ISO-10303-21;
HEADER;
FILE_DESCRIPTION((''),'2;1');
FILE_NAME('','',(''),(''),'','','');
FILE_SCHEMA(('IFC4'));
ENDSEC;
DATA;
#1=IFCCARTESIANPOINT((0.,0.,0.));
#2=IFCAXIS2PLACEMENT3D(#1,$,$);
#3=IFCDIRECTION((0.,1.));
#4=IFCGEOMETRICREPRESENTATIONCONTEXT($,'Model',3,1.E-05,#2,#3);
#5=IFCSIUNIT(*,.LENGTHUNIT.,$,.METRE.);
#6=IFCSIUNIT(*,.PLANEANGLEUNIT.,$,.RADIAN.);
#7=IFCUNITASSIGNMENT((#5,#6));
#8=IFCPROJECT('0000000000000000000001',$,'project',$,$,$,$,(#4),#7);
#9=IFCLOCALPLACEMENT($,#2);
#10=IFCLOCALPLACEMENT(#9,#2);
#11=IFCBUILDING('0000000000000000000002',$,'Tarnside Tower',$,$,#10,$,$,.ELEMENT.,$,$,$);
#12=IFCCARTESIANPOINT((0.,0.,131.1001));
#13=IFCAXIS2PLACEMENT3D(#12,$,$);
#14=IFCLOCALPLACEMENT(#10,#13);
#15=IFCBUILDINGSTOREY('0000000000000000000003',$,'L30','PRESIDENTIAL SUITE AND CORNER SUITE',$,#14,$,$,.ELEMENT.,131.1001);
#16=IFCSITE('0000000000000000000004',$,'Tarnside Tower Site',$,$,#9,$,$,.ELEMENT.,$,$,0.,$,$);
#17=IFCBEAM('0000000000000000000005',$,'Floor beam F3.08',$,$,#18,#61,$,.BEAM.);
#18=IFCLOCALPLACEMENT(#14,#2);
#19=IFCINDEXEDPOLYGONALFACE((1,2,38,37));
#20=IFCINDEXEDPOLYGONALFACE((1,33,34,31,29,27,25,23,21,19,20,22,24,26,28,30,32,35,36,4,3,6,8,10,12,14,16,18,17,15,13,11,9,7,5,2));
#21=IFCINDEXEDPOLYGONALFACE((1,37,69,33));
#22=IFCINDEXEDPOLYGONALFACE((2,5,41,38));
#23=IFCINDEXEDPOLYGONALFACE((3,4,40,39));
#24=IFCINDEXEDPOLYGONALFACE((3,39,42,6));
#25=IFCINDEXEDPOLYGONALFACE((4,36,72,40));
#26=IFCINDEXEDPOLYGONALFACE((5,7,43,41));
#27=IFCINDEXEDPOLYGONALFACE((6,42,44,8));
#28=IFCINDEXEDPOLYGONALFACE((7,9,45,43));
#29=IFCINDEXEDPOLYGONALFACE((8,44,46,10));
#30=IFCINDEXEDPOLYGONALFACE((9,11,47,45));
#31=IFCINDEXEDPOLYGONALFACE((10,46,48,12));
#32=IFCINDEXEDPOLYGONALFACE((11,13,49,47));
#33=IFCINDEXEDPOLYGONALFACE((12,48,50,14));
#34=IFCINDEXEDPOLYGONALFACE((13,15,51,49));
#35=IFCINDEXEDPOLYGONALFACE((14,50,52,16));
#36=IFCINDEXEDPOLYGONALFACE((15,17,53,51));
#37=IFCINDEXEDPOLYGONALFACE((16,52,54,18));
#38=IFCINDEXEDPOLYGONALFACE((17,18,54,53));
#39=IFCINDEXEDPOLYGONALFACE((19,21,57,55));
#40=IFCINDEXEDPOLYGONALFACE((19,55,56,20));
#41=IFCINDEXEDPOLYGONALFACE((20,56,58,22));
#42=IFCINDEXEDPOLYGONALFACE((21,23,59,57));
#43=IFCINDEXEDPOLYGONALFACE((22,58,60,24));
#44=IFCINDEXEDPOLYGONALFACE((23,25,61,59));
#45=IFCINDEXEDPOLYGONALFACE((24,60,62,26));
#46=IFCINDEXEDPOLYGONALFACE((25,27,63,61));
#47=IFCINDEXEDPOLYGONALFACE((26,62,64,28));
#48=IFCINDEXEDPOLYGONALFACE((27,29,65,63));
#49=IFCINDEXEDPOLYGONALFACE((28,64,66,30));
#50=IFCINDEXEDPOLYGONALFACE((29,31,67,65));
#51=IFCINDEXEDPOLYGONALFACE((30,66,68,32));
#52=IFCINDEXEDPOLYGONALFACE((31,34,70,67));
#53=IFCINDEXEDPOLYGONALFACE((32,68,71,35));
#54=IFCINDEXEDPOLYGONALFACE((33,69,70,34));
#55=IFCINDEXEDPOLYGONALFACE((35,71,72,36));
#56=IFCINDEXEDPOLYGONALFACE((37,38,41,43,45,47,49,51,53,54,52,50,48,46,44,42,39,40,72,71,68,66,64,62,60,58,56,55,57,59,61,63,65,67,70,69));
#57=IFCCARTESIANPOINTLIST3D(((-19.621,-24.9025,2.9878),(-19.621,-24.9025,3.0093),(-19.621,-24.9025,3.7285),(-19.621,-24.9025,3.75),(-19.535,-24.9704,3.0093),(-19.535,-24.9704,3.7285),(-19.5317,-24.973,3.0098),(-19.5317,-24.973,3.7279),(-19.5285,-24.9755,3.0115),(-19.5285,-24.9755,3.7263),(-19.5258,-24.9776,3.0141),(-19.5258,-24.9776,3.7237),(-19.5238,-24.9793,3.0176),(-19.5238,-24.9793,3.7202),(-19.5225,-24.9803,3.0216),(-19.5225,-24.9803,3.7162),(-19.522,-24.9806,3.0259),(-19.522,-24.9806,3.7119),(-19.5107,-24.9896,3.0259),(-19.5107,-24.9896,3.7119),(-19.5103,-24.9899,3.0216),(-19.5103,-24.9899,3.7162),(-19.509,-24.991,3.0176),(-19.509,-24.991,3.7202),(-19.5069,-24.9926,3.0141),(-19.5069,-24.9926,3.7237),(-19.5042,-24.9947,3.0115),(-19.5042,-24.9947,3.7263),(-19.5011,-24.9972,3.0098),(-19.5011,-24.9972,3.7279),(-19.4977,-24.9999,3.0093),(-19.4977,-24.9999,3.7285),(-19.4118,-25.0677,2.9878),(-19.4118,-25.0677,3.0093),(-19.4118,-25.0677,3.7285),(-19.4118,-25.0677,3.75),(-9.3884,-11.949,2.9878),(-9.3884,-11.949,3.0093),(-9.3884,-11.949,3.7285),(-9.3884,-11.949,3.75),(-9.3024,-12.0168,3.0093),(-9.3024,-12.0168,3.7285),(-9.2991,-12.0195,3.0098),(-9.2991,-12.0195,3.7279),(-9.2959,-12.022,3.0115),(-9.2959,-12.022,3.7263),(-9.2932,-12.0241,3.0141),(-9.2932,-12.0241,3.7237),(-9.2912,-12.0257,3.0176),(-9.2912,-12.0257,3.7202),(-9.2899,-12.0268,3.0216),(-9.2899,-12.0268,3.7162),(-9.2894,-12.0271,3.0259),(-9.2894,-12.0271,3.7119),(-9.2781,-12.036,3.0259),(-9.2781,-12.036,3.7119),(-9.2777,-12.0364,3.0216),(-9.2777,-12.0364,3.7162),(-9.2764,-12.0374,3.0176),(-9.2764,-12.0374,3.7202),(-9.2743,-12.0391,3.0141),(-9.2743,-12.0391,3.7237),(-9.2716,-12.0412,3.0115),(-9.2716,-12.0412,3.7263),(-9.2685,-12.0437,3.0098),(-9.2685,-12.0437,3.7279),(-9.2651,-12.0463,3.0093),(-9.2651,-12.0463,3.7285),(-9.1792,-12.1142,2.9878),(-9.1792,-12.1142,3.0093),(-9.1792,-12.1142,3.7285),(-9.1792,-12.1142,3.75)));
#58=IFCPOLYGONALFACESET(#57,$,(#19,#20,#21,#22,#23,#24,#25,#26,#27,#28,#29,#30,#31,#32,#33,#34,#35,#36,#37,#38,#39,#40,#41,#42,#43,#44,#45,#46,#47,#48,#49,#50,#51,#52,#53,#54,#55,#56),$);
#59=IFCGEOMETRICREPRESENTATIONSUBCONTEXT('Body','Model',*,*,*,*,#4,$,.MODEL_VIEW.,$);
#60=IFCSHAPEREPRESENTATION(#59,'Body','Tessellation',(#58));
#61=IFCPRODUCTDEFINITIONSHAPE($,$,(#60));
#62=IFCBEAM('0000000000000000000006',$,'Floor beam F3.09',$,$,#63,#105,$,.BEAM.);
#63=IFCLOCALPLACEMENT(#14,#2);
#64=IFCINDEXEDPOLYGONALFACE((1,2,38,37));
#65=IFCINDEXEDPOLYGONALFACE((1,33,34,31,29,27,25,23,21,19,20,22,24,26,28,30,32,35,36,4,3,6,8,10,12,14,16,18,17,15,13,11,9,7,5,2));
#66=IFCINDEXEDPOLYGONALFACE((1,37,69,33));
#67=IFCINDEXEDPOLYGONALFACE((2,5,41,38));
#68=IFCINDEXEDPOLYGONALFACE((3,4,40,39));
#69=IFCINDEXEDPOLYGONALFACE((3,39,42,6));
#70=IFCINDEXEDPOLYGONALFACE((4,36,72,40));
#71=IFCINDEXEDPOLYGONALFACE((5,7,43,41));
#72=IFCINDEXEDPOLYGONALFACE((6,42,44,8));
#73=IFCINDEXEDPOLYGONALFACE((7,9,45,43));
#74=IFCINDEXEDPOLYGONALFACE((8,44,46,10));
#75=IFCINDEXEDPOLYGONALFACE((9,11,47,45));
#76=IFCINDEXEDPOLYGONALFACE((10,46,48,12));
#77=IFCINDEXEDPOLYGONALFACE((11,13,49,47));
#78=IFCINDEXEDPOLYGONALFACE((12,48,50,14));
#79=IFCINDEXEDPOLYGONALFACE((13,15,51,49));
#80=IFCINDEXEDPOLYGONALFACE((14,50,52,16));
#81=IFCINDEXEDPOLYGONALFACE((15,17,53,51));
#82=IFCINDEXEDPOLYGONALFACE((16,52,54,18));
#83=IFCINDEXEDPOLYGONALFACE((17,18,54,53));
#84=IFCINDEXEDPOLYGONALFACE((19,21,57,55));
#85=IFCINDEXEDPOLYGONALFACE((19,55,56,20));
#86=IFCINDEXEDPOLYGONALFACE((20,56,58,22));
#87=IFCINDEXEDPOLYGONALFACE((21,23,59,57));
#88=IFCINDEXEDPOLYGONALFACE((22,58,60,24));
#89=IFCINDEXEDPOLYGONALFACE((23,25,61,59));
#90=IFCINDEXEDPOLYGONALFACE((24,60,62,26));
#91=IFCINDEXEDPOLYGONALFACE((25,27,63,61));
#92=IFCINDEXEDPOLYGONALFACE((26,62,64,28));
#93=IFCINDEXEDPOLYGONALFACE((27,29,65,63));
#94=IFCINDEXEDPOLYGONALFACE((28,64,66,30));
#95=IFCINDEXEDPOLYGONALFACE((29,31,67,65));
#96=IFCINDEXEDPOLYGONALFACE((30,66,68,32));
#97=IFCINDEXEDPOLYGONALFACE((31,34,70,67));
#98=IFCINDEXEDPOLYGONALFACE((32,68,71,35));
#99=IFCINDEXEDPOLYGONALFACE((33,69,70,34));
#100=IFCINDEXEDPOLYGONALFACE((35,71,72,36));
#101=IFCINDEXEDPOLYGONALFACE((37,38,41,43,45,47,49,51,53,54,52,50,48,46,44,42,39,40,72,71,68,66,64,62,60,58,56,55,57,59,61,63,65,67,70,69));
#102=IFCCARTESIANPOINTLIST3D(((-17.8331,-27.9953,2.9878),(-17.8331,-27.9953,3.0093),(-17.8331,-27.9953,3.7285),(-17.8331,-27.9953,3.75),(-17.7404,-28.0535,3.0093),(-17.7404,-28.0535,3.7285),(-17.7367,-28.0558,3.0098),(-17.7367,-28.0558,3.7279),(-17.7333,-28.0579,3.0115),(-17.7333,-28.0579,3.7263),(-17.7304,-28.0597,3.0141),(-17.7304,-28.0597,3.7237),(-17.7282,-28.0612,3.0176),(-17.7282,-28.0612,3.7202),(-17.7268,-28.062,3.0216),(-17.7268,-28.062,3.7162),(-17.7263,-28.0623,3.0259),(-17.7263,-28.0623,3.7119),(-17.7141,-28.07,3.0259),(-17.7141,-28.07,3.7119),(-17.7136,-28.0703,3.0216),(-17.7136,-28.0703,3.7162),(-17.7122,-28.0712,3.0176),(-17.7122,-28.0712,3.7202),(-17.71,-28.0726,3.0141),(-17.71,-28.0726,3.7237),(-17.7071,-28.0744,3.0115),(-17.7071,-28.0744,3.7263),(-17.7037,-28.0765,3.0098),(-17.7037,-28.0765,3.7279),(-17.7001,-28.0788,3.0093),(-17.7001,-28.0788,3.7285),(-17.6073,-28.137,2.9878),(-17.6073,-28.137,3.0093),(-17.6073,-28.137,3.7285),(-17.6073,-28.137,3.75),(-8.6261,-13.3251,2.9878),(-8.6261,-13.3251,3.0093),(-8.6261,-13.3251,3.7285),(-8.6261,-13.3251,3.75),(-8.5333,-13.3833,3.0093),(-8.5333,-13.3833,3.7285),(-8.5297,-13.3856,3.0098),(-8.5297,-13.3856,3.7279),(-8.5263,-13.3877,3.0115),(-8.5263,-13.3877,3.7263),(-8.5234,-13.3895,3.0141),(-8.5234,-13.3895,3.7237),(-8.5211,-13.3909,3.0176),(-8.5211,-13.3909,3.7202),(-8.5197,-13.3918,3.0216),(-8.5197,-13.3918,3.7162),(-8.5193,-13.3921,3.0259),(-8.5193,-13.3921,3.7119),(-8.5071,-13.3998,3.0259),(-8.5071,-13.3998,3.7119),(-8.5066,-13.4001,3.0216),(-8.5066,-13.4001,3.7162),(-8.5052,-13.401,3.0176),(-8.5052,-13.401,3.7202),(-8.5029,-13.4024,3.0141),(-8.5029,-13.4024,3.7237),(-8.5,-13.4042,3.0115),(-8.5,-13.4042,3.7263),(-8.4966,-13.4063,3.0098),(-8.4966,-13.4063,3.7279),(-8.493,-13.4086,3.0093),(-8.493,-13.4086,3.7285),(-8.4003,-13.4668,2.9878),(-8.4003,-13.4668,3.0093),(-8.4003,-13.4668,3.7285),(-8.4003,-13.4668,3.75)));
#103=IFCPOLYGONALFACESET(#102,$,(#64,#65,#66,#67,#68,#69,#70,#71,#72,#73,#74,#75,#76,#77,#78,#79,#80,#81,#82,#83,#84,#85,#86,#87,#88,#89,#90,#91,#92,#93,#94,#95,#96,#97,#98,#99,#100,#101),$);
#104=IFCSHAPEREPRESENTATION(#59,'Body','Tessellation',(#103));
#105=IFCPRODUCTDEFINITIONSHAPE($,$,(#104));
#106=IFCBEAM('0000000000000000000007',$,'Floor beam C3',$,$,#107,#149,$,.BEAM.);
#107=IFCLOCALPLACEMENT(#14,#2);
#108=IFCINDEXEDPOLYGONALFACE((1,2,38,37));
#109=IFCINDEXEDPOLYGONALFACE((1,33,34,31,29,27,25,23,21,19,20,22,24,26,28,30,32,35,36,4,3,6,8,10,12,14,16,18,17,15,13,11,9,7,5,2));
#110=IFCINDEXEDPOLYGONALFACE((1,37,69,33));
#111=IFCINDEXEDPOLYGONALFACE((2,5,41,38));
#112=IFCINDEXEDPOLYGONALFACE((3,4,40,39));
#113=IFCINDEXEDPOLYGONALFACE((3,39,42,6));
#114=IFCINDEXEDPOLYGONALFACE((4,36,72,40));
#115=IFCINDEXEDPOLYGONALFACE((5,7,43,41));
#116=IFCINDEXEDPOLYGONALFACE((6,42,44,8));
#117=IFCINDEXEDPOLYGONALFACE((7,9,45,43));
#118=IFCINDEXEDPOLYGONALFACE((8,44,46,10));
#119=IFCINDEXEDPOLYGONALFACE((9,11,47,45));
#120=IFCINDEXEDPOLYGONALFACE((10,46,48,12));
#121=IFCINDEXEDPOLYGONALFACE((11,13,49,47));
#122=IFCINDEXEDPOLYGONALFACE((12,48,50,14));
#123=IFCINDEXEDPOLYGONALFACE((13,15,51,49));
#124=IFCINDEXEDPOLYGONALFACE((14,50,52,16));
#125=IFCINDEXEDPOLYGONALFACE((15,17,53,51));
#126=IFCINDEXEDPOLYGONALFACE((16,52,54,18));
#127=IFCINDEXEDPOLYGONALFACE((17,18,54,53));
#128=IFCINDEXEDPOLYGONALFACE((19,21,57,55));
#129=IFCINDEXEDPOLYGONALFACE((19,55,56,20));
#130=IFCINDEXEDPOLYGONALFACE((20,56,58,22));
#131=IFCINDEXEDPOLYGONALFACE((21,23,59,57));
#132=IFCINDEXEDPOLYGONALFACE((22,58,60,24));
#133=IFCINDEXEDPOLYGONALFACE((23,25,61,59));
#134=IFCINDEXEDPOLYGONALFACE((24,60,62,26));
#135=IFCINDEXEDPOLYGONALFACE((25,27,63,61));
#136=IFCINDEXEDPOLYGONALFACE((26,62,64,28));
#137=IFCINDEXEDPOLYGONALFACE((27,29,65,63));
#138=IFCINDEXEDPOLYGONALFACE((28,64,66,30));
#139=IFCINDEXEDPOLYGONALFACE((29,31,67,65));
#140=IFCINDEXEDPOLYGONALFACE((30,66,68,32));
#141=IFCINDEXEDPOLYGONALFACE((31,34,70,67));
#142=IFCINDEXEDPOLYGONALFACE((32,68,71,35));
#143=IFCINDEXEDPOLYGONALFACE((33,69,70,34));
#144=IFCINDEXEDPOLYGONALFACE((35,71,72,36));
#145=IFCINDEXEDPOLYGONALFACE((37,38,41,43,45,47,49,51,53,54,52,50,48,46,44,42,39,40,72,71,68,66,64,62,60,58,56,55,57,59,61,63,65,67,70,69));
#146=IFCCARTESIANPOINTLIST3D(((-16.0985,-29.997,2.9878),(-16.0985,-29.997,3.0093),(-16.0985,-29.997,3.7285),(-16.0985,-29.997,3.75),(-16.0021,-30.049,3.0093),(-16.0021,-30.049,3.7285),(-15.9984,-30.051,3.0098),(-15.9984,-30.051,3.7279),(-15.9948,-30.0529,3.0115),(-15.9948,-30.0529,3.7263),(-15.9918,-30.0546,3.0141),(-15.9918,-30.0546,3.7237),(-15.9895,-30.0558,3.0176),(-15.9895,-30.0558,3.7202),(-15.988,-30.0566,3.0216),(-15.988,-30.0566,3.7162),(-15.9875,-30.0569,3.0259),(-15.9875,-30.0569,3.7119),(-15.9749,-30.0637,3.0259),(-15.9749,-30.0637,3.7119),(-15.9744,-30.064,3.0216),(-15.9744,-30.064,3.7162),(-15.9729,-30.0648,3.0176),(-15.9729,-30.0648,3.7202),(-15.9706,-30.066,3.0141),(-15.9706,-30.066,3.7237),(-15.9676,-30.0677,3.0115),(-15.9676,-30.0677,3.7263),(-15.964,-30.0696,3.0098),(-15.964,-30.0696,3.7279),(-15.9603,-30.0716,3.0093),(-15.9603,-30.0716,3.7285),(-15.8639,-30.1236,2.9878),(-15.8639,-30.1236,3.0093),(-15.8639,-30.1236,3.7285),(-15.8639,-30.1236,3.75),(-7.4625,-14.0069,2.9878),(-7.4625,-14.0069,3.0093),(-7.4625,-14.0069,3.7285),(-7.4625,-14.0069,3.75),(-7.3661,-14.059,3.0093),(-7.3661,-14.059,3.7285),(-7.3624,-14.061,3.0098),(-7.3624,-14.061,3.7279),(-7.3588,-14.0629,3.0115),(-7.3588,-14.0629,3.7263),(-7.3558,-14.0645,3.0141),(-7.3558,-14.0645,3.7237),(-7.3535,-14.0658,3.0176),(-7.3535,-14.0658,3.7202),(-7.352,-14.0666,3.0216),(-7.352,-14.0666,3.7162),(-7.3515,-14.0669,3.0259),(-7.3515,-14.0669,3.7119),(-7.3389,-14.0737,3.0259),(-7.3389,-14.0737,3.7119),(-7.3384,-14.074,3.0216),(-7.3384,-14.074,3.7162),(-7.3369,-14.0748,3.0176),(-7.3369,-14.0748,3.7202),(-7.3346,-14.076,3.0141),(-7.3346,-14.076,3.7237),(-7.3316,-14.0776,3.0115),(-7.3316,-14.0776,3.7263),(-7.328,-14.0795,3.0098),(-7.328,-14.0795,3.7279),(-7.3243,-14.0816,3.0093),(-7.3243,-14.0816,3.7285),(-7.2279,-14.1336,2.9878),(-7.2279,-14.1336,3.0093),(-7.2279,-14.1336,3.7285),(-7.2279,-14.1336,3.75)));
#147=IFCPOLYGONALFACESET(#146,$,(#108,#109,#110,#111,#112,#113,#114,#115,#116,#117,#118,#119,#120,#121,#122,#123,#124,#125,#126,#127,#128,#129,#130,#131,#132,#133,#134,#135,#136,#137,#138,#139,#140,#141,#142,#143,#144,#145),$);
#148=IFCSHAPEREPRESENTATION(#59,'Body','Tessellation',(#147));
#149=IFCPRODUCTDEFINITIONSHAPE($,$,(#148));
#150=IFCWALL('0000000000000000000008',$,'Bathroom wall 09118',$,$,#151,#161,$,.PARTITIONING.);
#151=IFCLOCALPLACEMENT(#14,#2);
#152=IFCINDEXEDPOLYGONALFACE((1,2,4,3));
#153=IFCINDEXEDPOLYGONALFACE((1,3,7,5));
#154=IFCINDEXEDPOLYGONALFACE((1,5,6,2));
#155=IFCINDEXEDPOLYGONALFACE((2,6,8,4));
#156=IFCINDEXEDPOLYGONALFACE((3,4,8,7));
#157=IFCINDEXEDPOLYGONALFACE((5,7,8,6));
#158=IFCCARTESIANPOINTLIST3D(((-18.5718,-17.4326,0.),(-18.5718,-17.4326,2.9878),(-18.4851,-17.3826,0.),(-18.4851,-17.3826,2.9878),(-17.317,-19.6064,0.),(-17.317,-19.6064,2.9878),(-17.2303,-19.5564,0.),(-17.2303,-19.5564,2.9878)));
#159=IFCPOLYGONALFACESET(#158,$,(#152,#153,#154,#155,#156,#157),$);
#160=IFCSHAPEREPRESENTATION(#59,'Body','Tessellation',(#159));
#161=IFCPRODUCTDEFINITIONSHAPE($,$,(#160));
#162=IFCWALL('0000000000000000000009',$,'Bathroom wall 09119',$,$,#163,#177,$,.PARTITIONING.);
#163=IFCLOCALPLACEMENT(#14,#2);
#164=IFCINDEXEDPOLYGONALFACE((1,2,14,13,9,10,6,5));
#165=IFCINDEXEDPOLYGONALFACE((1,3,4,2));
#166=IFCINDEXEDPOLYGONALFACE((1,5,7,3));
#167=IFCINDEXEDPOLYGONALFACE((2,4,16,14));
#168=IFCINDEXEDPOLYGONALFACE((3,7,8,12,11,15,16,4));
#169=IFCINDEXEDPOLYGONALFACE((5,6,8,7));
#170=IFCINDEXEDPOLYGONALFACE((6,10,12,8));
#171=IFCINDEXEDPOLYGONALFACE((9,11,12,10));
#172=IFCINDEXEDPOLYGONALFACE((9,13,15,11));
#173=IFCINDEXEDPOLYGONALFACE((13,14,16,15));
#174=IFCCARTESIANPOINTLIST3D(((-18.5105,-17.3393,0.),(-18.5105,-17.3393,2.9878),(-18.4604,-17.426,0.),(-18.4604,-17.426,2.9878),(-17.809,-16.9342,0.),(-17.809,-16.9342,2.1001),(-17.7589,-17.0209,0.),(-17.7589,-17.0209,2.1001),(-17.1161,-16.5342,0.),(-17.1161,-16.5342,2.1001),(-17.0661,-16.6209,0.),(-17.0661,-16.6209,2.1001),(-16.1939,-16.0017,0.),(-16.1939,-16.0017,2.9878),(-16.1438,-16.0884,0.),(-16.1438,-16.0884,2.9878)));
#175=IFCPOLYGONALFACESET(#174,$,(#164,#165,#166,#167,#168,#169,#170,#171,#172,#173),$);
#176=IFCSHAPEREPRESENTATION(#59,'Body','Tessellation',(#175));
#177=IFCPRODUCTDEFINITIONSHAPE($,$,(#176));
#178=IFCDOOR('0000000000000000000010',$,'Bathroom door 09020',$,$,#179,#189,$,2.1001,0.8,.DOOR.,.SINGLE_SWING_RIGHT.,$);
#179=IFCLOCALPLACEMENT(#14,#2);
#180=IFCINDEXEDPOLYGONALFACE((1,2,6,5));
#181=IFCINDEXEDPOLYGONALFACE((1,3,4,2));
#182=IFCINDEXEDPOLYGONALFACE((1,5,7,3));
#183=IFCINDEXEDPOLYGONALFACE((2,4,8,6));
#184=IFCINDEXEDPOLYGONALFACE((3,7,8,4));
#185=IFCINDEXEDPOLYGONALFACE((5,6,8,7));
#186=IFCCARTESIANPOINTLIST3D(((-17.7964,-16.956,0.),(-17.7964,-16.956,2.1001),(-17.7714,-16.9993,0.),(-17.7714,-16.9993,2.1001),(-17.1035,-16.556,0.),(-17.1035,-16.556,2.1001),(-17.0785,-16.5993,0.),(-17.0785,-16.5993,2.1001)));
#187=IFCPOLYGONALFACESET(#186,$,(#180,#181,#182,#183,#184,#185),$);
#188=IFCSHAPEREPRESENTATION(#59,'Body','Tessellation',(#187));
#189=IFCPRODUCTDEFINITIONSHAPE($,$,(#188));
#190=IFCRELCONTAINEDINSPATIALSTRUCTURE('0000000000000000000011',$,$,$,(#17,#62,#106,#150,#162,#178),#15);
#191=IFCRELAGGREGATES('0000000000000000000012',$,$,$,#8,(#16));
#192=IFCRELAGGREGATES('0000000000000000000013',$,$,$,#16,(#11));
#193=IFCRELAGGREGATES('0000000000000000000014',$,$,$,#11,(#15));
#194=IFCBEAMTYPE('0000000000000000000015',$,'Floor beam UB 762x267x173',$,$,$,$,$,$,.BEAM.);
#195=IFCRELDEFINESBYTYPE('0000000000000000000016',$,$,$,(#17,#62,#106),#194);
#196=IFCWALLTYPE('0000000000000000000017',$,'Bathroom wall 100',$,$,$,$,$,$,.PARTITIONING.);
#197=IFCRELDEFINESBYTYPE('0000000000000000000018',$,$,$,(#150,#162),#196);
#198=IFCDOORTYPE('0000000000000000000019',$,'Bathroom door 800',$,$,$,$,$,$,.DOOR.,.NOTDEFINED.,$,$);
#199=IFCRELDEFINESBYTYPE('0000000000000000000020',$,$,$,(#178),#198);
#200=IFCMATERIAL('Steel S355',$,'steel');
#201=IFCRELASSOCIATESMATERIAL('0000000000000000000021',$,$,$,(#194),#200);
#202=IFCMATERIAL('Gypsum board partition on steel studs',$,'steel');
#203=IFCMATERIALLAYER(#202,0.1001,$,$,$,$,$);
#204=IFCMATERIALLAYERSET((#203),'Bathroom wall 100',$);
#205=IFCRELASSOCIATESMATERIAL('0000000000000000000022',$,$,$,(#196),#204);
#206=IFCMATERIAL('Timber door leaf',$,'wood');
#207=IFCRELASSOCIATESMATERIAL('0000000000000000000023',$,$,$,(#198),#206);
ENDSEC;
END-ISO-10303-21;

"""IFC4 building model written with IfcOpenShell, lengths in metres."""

from ifc_helpers import new_model, si_unit, direction, frame, frame_2d, origin, origin_2d, place, context, subcontext, project, spatial, rectangle, i_section, extrude, material, layer, layer_set, material_profile, profile_set, type_object, element, fill, save


model = new_model("IFC4")

# Units and contexts
model_context = context("Model", 3, precision=1e-05, world=origin(), true_north=direction((0.0, 1.0)))
body_context = subcontext(model_context, "Body", "Model", "MODEL_VIEW")
ifc_project = project(units=[si_unit("LENGTHUNIT", "METRE"), si_unit("PLANEANGLEUNIT", "RADIAN")], contexts=[model_context])

# Site, building, storey
site_placement = place(None, origin())
site = spatial("IfcSite", under=ifc_project, at=site_placement, Name="Tarnside Tower Site", CompositionType="ELEMENT", RefElevation=0.0)
building_placement = place(site_placement, origin())
building = spatial("IfcBuilding", under=site, at=building_placement, Name="Tarnside Tower", CompositionType="ELEMENT")
storey_placement = place(building_placement, frame((0.0, 0.0, 131.1001)))
storey = spatial("IfcBuildingStorey", under=building, at=storey_placement, Name="L30", Description="PRESIDENTIAL SUITE AND CORNER SUITE", CompositionType="ELEMENT", Elevation=131.1001)

# Beams
ifc_material_1 = material(Name="Steel S355", Category="steel")
ifc_material_profile_1 = material_profile(ifc_material_1, i_section(OverallWidth=0.2666, OverallDepth=0.7622, WebThickness=0.0144, FlangeThickness=0.0215, FilletRadius=0.0166, at=origin_2d()), Name="UB 762x267x173")
ifc_profile_set_1 = profile_set([ifc_material_profile_1], Name="Steel S355")
beam_type_1 = type_object("IfcBeamType", Name="Floor beam UB 762x267x173", PredefinedType="BEAM", material=ifc_profile_set_1)
beam_1_placement = place(storey_placement, frame((-19.5164, -24.9851, 3.3689), z_axis=(0.619873, 0.784702, 0.0), x_axis=(-0.784702, 0.619873, 0.0)))
element("IfcBeam", 1, at=beam_1_placement, inside=storey, type_object=beam_type_1, Name="Floor beam F3.08", PredefinedType="BEAM", context=body_context, shape_type="SweptSolid", body=[
    extrude(i_section(OverallWidth=0.2666, OverallDepth=0.7622, WebThickness=0.0144, FlangeThickness=0.0215, FilletRadius=0.0166, at=origin_2d()), origin(), (0.0, 0.0, 1.0), 16.5076),
])
beam_2_placement = place(storey_placement, frame((-17.7202, -28.0662, 3.3689), z_axis=(0.531583, 0.847006, 0.0), x_axis=(-0.847006, 0.531583, 0.0)))
element("IfcBeam", 2, at=beam_2_placement, inside=storey, type_object=beam_type_1, Name="Floor beam F3.09", PredefinedType="BEAM", context=body_context, shape_type="SweptSolid", body=[
    extrude(i_section(OverallWidth=0.2666, OverallDepth=0.7622, WebThickness=0.0144, FlangeThickness=0.0215, FilletRadius=0.0166, at=origin_2d()), origin(), (0.0, 0.0, 1.0), 17.3201),
])
beam_3_placement = place(storey_placement, frame((-15.9812, -30.0603, 3.3689), z_axis=(0.475208, 0.879873, 0.0), x_axis=(-0.879873, 0.475208, 0.0)))
element("IfcBeam", 3, at=beam_3_placement, inside=storey, type_object=beam_type_1, Name="Floor beam C3", PredefinedType="BEAM", context=body_context, shape_type="SweptSolid", body=[
    extrude(i_section(OverallWidth=0.2666, OverallDepth=0.7622, WebThickness=0.0144, FlangeThickness=0.0215, FilletRadius=0.0166, at=origin_2d()), origin(), (0.0, 0.0, 1.0), 18.1731),
])

# Wall
ifc_material_2 = material(Name="Gypsum board partition on steel studs", Category="steel")
ifc_layer_1 = layer(ifc_material_2, 0.1001)
ifc_layer_set_1 = layer_set([ifc_layer_1], Name="Bathroom wall 100")
wall_type_1 = type_object("IfcWallType", Name="Bathroom wall 100", PredefinedType="PARTITIONING", material=ifc_layer_set_1)
wall_1_placement = place(storey_placement, frame((-17.2737, -19.5813, 0.0), z_axis=(0.0, 0.0, 1.0), x_axis=(-0.499947, 0.866056, 0.0)))
element("IfcWall", 4, at=wall_1_placement, inside=storey, type_object=wall_type_1, Name="Bathroom wall 09118", PredefinedType="PARTITIONING", context=body_context, shape_type="SweptSolid", body=[
    extrude(rectangle(XDim=2.51, YDim=0.1001, at=frame_2d((1.2549, 0.0))), origin(), (0.0, 0.0, 1.0), 2.9878),
])

# Wall, opening, door
wall_2_placement = place(storey_placement, frame((-18.4854, -17.3826, 0.0), z_axis=(0.0, 0.0, 1.0), x_axis=(0.866005, 0.500036, 0.0)))
wall_2 = element("IfcWall", 5, at=wall_2_placement, inside=storey, type_object=wall_type_1, Name="Bathroom wall 09119", PredefinedType="PARTITIONING", context=body_context, shape_type="SweptSolid", body=[
    extrude(rectangle(XDim=2.675, YDim=0.1001, at=frame_2d((1.3374, 0.0))), origin(), (0.0, 0.0, 1.0), 2.9878),
])
opening_1_placement = place(wall_2_placement, frame((0.8101, 0.0, 0.0)))
opening_1 = element("IfcOpeningElement", 6, at=opening_1_placement, cuts=wall_2, PredefinedType="OPENING", context=body_context, shape_type="SweptSolid", body=[
    extrude(rectangle(XDim=0.8, YDim=2.1001, at=frame_2d((0.3999, 1.05))), frame((0.0, 0.0601, 0.0), z_axis=(0.0, -1.0, 0.0), x_axis=(1.0, 0.0, 0.0)), (0.0, 0.0, 1.0), 0.1201),
])
ifc_material_3 = material(Name="Timber door leaf", Category="wood")
door_type = type_object("IfcDoorType", Name="Bathroom door 800", OperationType="NOTDEFINED", PredefinedType="DOOR", material=ifc_material_3)
door_1_placement = place(opening_1_placement, origin())
door_1 = element("IfcDoor", 7, at=door_1_placement, inside=storey, type_object=door_type, Name="Bathroom door 09020", OperationType="SINGLE_SWING_RIGHT", OverallHeight=2.1001, OverallWidth=0.8, PredefinedType="DOOR", context=body_context, shape_type="SweptSolid", body=[
    extrude(rectangle(XDim=0.8, YDim=2.1001, at=frame_2d((0.3999, 1.05))), frame((0.0, 0.0249, 0.0), z_axis=(0.0, -1.0, 0.0), x_axis=(1.0, 0.0, 0.0)), (0.0, 0.0, 1.0), 0.05),
])
fill(opening_1, door_1)

save(model, "model.ifc")
